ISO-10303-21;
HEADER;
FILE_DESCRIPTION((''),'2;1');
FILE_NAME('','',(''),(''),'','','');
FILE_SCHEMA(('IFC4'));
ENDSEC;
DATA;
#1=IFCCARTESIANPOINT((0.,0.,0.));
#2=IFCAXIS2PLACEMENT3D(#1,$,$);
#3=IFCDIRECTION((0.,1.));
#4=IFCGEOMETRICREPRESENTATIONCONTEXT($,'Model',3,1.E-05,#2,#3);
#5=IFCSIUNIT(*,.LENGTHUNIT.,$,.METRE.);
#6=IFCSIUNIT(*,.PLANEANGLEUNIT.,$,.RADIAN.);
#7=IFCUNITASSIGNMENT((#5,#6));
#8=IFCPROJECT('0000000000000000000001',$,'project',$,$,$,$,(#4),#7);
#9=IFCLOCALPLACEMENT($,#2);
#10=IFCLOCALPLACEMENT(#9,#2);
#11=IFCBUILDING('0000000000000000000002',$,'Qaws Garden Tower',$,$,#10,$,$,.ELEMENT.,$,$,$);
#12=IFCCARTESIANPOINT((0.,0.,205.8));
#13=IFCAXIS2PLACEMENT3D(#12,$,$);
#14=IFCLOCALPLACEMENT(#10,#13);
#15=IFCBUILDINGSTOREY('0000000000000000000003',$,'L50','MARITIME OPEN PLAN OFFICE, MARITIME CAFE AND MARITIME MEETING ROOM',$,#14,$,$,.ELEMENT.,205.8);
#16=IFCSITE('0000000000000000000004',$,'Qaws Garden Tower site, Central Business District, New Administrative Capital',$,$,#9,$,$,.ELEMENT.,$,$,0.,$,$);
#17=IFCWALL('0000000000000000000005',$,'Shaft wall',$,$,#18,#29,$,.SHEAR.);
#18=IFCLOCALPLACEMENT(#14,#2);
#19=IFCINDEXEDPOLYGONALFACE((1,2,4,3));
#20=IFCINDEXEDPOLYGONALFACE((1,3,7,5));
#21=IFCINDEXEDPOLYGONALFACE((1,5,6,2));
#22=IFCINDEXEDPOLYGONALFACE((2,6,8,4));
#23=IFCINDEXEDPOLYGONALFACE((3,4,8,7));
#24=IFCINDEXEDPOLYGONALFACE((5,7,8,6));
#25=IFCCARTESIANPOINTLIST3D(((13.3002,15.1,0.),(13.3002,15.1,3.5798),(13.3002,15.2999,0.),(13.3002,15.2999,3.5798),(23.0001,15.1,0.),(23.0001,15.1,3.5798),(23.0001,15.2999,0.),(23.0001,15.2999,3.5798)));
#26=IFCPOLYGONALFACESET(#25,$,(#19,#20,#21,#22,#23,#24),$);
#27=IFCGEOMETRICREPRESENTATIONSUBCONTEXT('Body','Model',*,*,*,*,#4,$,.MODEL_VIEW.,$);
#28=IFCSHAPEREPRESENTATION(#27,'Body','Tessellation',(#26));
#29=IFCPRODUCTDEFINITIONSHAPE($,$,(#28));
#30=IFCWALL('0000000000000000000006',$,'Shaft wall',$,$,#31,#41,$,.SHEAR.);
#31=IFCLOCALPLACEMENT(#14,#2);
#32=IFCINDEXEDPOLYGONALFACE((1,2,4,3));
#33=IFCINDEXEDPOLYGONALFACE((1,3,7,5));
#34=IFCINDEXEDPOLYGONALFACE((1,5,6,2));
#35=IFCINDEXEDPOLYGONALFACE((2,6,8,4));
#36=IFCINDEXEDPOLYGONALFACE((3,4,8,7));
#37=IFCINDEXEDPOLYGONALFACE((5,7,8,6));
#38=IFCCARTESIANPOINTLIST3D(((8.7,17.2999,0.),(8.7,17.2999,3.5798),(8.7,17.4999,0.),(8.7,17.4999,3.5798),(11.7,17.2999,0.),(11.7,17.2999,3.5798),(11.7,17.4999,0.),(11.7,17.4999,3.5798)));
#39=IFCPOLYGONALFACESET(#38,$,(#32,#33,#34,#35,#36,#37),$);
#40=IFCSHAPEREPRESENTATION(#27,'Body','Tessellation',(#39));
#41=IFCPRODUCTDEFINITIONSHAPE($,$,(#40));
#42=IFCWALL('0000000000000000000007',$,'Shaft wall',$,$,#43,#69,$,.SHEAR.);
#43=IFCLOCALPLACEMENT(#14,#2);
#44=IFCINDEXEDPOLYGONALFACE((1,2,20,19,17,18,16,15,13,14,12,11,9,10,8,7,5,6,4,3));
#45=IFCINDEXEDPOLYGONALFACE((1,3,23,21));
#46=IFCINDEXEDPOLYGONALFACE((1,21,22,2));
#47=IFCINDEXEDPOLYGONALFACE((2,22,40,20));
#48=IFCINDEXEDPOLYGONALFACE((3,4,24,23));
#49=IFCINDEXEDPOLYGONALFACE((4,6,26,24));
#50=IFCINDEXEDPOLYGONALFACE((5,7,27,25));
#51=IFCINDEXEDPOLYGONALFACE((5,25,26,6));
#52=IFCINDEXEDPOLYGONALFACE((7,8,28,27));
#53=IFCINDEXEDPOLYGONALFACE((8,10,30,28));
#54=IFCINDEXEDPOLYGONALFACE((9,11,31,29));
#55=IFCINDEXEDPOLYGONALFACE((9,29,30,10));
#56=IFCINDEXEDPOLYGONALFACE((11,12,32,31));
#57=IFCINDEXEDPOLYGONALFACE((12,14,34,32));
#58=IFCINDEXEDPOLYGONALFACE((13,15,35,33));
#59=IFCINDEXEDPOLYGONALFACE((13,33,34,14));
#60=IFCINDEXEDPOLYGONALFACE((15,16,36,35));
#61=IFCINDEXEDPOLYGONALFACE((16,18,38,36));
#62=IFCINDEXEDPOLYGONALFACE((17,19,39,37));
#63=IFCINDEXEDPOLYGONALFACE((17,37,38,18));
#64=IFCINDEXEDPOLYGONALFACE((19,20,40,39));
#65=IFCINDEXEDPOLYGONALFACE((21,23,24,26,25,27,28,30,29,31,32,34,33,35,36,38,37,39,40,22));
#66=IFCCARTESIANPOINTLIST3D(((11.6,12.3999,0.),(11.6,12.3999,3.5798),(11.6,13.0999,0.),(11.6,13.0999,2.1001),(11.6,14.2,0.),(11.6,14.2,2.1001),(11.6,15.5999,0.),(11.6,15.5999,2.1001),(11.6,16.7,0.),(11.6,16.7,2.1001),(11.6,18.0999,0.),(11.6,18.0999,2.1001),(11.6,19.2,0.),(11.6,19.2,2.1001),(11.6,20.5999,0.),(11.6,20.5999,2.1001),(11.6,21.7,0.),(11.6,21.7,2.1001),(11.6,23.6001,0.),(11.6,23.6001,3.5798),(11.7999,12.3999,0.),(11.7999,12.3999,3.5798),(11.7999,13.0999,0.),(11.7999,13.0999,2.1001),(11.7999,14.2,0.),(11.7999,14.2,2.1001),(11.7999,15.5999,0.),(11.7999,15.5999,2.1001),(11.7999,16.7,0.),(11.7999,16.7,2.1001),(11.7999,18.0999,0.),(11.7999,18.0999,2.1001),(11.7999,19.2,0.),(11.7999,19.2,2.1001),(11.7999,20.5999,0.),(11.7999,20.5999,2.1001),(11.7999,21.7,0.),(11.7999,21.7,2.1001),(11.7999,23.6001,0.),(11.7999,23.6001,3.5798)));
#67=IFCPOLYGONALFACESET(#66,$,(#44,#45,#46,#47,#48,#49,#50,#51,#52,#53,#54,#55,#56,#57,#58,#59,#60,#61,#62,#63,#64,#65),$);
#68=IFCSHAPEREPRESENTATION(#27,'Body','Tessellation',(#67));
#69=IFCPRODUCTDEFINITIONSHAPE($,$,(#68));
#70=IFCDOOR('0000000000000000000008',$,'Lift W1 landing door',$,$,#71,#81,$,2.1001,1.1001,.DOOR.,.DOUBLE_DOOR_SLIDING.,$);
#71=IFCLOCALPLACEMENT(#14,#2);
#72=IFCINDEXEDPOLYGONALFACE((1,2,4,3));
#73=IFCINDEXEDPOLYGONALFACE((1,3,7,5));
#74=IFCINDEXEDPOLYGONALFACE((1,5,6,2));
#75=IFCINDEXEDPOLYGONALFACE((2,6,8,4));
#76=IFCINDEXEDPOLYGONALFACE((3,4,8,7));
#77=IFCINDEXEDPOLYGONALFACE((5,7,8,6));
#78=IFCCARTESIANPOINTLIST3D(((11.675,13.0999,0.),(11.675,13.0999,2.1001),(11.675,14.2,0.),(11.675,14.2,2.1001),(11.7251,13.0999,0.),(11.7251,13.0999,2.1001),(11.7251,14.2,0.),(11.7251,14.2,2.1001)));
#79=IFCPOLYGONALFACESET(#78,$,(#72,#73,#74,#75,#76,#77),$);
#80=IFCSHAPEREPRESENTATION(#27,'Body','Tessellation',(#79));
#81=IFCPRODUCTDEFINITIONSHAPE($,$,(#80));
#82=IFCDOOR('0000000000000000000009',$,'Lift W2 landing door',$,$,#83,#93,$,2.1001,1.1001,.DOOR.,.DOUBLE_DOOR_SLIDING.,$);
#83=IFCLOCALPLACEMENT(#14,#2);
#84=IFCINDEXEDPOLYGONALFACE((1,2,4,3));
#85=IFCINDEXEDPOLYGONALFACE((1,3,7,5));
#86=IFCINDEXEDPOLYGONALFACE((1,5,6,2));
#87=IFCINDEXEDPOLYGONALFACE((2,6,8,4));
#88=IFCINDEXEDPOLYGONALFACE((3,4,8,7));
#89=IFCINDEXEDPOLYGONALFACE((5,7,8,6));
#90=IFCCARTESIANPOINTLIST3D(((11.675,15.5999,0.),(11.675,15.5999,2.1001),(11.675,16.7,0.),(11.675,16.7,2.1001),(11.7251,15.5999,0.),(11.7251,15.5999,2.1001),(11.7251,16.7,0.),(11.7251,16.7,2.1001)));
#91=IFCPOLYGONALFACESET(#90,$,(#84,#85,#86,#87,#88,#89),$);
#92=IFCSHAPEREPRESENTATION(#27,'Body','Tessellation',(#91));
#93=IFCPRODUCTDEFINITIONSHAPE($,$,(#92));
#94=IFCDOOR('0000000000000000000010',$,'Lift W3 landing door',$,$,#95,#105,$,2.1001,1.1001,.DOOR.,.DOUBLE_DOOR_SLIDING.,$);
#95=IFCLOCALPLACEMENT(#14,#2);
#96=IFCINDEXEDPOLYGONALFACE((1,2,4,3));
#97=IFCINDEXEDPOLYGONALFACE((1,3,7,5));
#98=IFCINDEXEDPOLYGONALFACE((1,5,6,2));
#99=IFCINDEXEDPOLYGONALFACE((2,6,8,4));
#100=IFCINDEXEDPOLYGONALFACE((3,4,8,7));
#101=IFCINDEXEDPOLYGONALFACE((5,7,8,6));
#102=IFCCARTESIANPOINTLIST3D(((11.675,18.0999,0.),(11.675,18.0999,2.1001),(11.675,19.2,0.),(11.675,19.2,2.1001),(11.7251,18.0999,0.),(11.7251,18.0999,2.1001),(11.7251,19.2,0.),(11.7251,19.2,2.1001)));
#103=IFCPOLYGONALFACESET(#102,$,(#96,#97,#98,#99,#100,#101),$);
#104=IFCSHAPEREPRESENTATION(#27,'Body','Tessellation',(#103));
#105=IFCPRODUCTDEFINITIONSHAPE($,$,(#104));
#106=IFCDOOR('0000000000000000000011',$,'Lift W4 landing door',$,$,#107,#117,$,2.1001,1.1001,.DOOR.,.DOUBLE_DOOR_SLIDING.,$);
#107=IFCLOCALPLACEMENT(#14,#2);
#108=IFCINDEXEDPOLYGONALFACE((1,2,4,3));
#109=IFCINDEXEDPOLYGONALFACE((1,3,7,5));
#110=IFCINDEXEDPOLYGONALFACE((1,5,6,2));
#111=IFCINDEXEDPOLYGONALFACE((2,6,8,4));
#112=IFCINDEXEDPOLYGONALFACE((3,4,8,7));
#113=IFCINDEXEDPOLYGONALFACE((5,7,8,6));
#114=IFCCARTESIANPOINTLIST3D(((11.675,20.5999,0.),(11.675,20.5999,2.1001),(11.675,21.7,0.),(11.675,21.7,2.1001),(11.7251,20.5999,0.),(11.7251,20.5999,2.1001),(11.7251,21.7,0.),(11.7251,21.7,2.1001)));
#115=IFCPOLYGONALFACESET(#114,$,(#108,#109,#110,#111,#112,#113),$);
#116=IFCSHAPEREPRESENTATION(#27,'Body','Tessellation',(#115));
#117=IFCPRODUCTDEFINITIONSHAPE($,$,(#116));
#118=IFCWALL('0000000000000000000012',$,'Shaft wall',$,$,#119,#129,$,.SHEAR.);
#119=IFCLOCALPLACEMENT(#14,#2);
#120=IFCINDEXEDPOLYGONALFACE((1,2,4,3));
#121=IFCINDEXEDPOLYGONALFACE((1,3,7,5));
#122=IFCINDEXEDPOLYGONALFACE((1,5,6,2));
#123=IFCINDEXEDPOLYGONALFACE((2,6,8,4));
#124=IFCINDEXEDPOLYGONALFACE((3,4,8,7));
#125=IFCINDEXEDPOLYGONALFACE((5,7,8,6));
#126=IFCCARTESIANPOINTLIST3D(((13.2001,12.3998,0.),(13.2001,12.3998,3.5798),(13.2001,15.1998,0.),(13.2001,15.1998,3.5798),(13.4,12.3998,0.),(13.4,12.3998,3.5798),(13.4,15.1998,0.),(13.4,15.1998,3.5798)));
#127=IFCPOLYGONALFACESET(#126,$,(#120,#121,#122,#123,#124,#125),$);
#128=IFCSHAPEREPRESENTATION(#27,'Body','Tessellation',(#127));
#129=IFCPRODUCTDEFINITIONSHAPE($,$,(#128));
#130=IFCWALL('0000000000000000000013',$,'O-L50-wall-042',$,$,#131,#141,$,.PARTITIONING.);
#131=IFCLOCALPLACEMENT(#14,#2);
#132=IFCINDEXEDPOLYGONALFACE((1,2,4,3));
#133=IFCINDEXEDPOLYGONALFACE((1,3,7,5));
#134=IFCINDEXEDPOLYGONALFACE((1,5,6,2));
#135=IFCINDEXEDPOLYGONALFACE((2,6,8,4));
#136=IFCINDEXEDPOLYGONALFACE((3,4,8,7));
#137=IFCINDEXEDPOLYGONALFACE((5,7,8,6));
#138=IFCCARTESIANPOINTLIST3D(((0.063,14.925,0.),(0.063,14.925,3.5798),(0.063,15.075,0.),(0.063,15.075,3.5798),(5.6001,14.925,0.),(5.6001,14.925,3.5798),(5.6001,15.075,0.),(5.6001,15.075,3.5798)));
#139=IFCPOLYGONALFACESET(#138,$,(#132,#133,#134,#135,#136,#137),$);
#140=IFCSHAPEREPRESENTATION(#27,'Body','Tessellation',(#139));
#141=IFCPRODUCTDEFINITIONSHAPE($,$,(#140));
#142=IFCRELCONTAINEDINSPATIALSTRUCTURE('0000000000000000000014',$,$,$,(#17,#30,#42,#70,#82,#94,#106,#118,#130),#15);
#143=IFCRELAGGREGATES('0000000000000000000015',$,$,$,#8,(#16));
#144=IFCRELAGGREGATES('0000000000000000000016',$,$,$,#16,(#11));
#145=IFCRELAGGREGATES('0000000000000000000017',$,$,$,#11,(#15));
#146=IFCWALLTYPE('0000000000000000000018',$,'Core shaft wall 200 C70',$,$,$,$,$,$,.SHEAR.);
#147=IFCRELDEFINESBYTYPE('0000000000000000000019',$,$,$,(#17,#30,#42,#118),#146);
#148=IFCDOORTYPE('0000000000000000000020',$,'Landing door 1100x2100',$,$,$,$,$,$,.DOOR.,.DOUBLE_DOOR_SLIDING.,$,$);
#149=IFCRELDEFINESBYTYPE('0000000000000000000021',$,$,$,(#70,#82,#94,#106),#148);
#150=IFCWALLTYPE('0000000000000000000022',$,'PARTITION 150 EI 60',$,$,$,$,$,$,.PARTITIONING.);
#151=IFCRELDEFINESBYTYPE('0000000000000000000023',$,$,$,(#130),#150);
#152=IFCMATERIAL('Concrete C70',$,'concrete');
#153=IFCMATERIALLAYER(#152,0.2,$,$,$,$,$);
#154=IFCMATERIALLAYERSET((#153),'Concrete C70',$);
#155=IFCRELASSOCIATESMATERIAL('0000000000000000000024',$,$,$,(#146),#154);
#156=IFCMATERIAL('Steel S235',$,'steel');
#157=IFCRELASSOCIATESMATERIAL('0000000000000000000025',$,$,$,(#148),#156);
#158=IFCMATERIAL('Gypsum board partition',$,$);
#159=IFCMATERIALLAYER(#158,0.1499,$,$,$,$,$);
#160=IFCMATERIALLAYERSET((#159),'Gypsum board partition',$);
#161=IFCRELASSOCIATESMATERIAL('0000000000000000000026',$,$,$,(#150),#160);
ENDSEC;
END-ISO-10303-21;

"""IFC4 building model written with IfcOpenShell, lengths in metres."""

from ifc_helpers import new_model, si_unit, direction, frame, frame_2d, origin, place, context, subcontext, project, spatial, rectangle, extrude, material, layer, layer_set, type_object, element, fill, save


model = new_model("IFC4")

# Units and contexts
model_context = context("Model", 3, precision=1e-05, world=origin(), true_north=direction((0.0, 1.0)))
body_context = subcontext(model_context, "Body", "Model", "MODEL_VIEW")
ifc_project = project(units=[si_unit("LENGTHUNIT", "METRE"), si_unit("PLANEANGLEUNIT", "RADIAN")], contexts=[model_context])

# Site, building, storey
site_placement = place(None, origin())
site = spatial("IfcSite", under=ifc_project, at=site_placement, Name="Qaws Garden Tower site, Central Business District, New Administrative Capital", CompositionType="ELEMENT", RefElevation=0.0)
building_placement = place(site_placement, origin())
building = spatial("IfcBuilding", under=site, at=building_placement, Name="Qaws Garden Tower", CompositionType="ELEMENT")
storey_placement = place(building_placement, frame((0.0, 0.0, 205.8)))
storey = spatial("IfcBuildingStorey", under=building, at=storey_placement, Name="L50", Description="MARITIME OPEN PLAN OFFICE, MARITIME CAFE AND MARITIME MEETING ROOM", CompositionType="ELEMENT", Elevation=205.8)

# Shared definitions
ifc_material_1 = material(Name="Concrete C70", Category="concrete")
ifc_layer_1 = layer(ifc_material_1, 0.2)
ifc_layer_set_1 = layer_set([ifc_layer_1], Name="Concrete C70")
wall_type_1 = type_object("IfcWallType", Name="Core shaft wall 200 C70", PredefinedType="SHEAR", material=ifc_layer_set_1)

# Shared definitions
ifc_material_2 = material(Name="Steel S235", Category="steel")
door_type_1 = type_object("IfcDoorType", Name="Landing door 1100x2100", OperationType="DOUBLE_DOOR_SLIDING", PredefinedType="DOOR", material=ifc_material_2)

# Walls
wall_1_placement = place(storey_placement, frame((13.3, 15.2, 0.0), z_axis=(0.0, 0.0, 1.0), x_axis=(1.0, 0.0, 0.0)))
element("IfcWall", 1, at=wall_1_placement, inside=storey, type_object=wall_type_1, Name="Shaft wall", PredefinedType="SHEAR", context=body_context, shape_type="SweptSolid", body=[
    extrude(rectangle(XDim=9.7, YDim=0.2, at=frame_2d((4.8501, 0.0))), origin(), (0.0, 0.0, 1.0), 3.5798),
])
wall_2_placement = place(storey_placement, frame((8.7, 17.3999, 0.0), z_axis=(0.0, 0.0, 1.0), x_axis=(1.0, 0.0, 0.0)))
element("IfcWall", 2, at=wall_2_placement, inside=storey, type_object=wall_type_1, Name="Shaft wall", PredefinedType="SHEAR", context=body_context, shape_type="SweptSolid", body=[
    extrude(rectangle(XDim=3.0, YDim=0.2, at=frame_2d((1.5, 0.0))), origin(), (0.0, 0.0, 1.0), 3.5798),
])

# Wall, openings, doors
wall_3_placement = place(storey_placement, frame((11.7, 12.3999, 0.0), z_axis=(0.0, 0.0, 1.0), x_axis=(0.0, 1.0, 0.0)))
wall_3 = element("IfcWall", 3, at=wall_3_placement, inside=storey, type_object=wall_type_1, Name="Shaft wall", PredefinedType="SHEAR", context=body_context, shape_type="SweptSolid", body=[
    extrude(rectangle(XDim=11.2002, YDim=0.2, at=frame_2d((5.6001, 0.0))), origin(), (0.0, 0.0, 1.0), 3.5798),
])
opening_1_placement = place(wall_3_placement, frame((0.7, 0.0, 0.0)))
opening_1 = element("IfcOpeningElement", 4, at=opening_1_placement, cuts=wall_3, PredefinedType="OPENING", context=body_context, shape_type="SweptSolid", body=[
    extrude(rectangle(XDim=1.1001, YDim=2.1001, at=frame_2d((0.55, 1.05))), frame((0.0, 0.1099, 0.0), z_axis=(0.0, -1.0, 0.0), x_axis=(1.0, 0.0, 0.0)), (0.0, 0.0, 1.0), 0.22),
])
opening_2_placement = place(wall_3_placement, frame((3.2, 0.0, 0.0)))
opening_2 = element("IfcOpeningElement", 5, at=opening_2_placement, cuts=wall_3, PredefinedType="OPENING", context=body_context, shape_type="SweptSolid", body=[
    extrude(rectangle(XDim=1.1001, YDim=2.1001, at=frame_2d((0.55, 1.05))), frame((0.0, 0.1099, 0.0), z_axis=(0.0, -1.0, 0.0), x_axis=(1.0, 0.0, 0.0)), (0.0, 0.0, 1.0), 0.22),
])
opening_3_placement = place(wall_3_placement, frame((5.7, 0.0, 0.0)))
opening_3 = element("IfcOpeningElement", 6, at=opening_3_placement, cuts=wall_3, PredefinedType="OPENING", context=body_context, shape_type="SweptSolid", body=[
    extrude(rectangle(XDim=1.1001, YDim=2.1001, at=frame_2d((0.55, 1.05))), frame((0.0, 0.1099, 0.0), z_axis=(0.0, -1.0, 0.0), x_axis=(1.0, 0.0, 0.0)), (0.0, 0.0, 1.0), 0.22),
])
opening_4_placement = place(wall_3_placement, frame((8.2, 0.0, 0.0)))
opening_4 = element("IfcOpeningElement", 7, at=opening_4_placement, cuts=wall_3, PredefinedType="OPENING", context=body_context, shape_type="SweptSolid", body=[
    extrude(rectangle(XDim=1.1001, YDim=2.1001, at=frame_2d((0.55, 1.05))), frame((0.0, 0.1099, 0.0), z_axis=(0.0, -1.0, 0.0), x_axis=(1.0, 0.0, 0.0)), (0.0, 0.0, 1.0), 0.22),
])
door_1_placement = place(opening_1_placement, origin())
door_1 = element("IfcDoor", 8, at=door_1_placement, inside=storey, type_object=door_type_1, Name="Lift W1 landing door", OperationType="DOUBLE_DOOR_SLIDING", OverallHeight=2.1001, OverallWidth=1.1001, PredefinedType="DOOR", context=body_context, shape_type="SweptSolid", body=[
    extrude(rectangle(XDim=1.1001, YDim=2.1001, at=frame_2d((0.55, 1.05))), frame((0.0, 0.0249, 0.0), z_axis=(0.0, -1.0, 0.0), x_axis=(1.0, 0.0, 0.0)), (0.0, 0.0, 1.0), 0.05),
])
fill(opening_1, door_1)
door_2_placement = place(opening_2_placement, origin())
door_2 = element("IfcDoor", 9, at=door_2_placement, inside=storey, type_object=door_type_1, Name="Lift W2 landing door", OperationType="DOUBLE_DOOR_SLIDING", OverallHeight=2.1001, OverallWidth=1.1001, PredefinedType="DOOR", context=body_context, shape_type="SweptSolid", body=[
    extrude(rectangle(XDim=1.1001, YDim=2.1001, at=frame_2d((0.55, 1.05))), frame((0.0, 0.0249, 0.0), z_axis=(0.0, -1.0, 0.0), x_axis=(1.0, 0.0, 0.0)), (0.0, 0.0, 1.0), 0.05),
])
fill(opening_2, door_2)
door_3_placement = place(opening_3_placement, origin())
door_3 = element("IfcDoor", 10, at=door_3_placement, inside=storey, type_object=door_type_1, Name="Lift W3 landing door", OperationType="DOUBLE_DOOR_SLIDING", OverallHeight=2.1001, OverallWidth=1.1001, PredefinedType="DOOR", context=body_context, shape_type="SweptSolid", body=[
    extrude(rectangle(XDim=1.1001, YDim=2.1001, at=frame_2d((0.55, 1.05))), frame((0.0, 0.0249, 0.0), z_axis=(0.0, -1.0, 0.0), x_axis=(1.0, 0.0, 0.0)), (0.0, 0.0, 1.0), 0.05),
])
fill(opening_3, door_3)
door_4_placement = place(opening_4_placement, origin())
door_4 = element("IfcDoor", 11, at=door_4_placement, inside=storey, type_object=door_type_1, Name="Lift W4 landing door", OperationType="DOUBLE_DOOR_SLIDING", OverallHeight=2.1001, OverallWidth=1.1001, PredefinedType="DOOR", context=body_context, shape_type="SweptSolid", body=[
    extrude(rectangle(XDim=1.1001, YDim=2.1001, at=frame_2d((0.55, 1.05))), frame((0.0, 0.0249, 0.0), z_axis=(0.0, -1.0, 0.0), x_axis=(1.0, 0.0, 0.0)), (0.0, 0.0, 1.0), 0.05),
])
fill(opening_4, door_4)

# Walls
wall_4_placement = place(storey_placement, frame((13.3, 12.3999, 0.0), z_axis=(0.0, 0.0, 1.0), x_axis=(0.0, 1.0, 0.0)))
element("IfcWall", 12, at=wall_4_placement, inside=storey, type_object=wall_type_1, Name="Shaft wall", PredefinedType="SHEAR", context=body_context, shape_type="SweptSolid", body=[
    extrude(rectangle(XDim=2.8, YDim=0.2, at=frame_2d((1.3999, 0.0))), origin(), (0.0, 0.0, 1.0), 3.5798),
])
ifc_material_3 = material(Name="Gypsum board partition")
ifc_layer_2 = layer(ifc_material_3, 0.1499)
ifc_layer_set_2 = layer_set([ifc_layer_2], Name="Gypsum board partition")
wall_type_2 = type_object("IfcWallType", Name="PARTITION 150 EI 60", PredefinedType="PARTITIONING", material=ifc_layer_set_2)
wall_5_placement = place(storey_placement, frame((0.063, 15.0, 0.0), z_axis=(0.0, 0.0, 1.0), x_axis=(1.0, 0.0, 0.0)))
element("IfcWall", 13, at=wall_5_placement, inside=storey, type_object=wall_type_2, Name="O-L50-wall-042", PredefinedType="PARTITIONING", context=body_context, shape_type="SweptSolid", body=[
    extrude(rectangle(XDim=5.5371, YDim=0.1499, at=frame_2d((2.7686, 0.0))), origin(), (0.0, 0.0, 1.0), 3.5798),
])

save(model, "model.ifc")
